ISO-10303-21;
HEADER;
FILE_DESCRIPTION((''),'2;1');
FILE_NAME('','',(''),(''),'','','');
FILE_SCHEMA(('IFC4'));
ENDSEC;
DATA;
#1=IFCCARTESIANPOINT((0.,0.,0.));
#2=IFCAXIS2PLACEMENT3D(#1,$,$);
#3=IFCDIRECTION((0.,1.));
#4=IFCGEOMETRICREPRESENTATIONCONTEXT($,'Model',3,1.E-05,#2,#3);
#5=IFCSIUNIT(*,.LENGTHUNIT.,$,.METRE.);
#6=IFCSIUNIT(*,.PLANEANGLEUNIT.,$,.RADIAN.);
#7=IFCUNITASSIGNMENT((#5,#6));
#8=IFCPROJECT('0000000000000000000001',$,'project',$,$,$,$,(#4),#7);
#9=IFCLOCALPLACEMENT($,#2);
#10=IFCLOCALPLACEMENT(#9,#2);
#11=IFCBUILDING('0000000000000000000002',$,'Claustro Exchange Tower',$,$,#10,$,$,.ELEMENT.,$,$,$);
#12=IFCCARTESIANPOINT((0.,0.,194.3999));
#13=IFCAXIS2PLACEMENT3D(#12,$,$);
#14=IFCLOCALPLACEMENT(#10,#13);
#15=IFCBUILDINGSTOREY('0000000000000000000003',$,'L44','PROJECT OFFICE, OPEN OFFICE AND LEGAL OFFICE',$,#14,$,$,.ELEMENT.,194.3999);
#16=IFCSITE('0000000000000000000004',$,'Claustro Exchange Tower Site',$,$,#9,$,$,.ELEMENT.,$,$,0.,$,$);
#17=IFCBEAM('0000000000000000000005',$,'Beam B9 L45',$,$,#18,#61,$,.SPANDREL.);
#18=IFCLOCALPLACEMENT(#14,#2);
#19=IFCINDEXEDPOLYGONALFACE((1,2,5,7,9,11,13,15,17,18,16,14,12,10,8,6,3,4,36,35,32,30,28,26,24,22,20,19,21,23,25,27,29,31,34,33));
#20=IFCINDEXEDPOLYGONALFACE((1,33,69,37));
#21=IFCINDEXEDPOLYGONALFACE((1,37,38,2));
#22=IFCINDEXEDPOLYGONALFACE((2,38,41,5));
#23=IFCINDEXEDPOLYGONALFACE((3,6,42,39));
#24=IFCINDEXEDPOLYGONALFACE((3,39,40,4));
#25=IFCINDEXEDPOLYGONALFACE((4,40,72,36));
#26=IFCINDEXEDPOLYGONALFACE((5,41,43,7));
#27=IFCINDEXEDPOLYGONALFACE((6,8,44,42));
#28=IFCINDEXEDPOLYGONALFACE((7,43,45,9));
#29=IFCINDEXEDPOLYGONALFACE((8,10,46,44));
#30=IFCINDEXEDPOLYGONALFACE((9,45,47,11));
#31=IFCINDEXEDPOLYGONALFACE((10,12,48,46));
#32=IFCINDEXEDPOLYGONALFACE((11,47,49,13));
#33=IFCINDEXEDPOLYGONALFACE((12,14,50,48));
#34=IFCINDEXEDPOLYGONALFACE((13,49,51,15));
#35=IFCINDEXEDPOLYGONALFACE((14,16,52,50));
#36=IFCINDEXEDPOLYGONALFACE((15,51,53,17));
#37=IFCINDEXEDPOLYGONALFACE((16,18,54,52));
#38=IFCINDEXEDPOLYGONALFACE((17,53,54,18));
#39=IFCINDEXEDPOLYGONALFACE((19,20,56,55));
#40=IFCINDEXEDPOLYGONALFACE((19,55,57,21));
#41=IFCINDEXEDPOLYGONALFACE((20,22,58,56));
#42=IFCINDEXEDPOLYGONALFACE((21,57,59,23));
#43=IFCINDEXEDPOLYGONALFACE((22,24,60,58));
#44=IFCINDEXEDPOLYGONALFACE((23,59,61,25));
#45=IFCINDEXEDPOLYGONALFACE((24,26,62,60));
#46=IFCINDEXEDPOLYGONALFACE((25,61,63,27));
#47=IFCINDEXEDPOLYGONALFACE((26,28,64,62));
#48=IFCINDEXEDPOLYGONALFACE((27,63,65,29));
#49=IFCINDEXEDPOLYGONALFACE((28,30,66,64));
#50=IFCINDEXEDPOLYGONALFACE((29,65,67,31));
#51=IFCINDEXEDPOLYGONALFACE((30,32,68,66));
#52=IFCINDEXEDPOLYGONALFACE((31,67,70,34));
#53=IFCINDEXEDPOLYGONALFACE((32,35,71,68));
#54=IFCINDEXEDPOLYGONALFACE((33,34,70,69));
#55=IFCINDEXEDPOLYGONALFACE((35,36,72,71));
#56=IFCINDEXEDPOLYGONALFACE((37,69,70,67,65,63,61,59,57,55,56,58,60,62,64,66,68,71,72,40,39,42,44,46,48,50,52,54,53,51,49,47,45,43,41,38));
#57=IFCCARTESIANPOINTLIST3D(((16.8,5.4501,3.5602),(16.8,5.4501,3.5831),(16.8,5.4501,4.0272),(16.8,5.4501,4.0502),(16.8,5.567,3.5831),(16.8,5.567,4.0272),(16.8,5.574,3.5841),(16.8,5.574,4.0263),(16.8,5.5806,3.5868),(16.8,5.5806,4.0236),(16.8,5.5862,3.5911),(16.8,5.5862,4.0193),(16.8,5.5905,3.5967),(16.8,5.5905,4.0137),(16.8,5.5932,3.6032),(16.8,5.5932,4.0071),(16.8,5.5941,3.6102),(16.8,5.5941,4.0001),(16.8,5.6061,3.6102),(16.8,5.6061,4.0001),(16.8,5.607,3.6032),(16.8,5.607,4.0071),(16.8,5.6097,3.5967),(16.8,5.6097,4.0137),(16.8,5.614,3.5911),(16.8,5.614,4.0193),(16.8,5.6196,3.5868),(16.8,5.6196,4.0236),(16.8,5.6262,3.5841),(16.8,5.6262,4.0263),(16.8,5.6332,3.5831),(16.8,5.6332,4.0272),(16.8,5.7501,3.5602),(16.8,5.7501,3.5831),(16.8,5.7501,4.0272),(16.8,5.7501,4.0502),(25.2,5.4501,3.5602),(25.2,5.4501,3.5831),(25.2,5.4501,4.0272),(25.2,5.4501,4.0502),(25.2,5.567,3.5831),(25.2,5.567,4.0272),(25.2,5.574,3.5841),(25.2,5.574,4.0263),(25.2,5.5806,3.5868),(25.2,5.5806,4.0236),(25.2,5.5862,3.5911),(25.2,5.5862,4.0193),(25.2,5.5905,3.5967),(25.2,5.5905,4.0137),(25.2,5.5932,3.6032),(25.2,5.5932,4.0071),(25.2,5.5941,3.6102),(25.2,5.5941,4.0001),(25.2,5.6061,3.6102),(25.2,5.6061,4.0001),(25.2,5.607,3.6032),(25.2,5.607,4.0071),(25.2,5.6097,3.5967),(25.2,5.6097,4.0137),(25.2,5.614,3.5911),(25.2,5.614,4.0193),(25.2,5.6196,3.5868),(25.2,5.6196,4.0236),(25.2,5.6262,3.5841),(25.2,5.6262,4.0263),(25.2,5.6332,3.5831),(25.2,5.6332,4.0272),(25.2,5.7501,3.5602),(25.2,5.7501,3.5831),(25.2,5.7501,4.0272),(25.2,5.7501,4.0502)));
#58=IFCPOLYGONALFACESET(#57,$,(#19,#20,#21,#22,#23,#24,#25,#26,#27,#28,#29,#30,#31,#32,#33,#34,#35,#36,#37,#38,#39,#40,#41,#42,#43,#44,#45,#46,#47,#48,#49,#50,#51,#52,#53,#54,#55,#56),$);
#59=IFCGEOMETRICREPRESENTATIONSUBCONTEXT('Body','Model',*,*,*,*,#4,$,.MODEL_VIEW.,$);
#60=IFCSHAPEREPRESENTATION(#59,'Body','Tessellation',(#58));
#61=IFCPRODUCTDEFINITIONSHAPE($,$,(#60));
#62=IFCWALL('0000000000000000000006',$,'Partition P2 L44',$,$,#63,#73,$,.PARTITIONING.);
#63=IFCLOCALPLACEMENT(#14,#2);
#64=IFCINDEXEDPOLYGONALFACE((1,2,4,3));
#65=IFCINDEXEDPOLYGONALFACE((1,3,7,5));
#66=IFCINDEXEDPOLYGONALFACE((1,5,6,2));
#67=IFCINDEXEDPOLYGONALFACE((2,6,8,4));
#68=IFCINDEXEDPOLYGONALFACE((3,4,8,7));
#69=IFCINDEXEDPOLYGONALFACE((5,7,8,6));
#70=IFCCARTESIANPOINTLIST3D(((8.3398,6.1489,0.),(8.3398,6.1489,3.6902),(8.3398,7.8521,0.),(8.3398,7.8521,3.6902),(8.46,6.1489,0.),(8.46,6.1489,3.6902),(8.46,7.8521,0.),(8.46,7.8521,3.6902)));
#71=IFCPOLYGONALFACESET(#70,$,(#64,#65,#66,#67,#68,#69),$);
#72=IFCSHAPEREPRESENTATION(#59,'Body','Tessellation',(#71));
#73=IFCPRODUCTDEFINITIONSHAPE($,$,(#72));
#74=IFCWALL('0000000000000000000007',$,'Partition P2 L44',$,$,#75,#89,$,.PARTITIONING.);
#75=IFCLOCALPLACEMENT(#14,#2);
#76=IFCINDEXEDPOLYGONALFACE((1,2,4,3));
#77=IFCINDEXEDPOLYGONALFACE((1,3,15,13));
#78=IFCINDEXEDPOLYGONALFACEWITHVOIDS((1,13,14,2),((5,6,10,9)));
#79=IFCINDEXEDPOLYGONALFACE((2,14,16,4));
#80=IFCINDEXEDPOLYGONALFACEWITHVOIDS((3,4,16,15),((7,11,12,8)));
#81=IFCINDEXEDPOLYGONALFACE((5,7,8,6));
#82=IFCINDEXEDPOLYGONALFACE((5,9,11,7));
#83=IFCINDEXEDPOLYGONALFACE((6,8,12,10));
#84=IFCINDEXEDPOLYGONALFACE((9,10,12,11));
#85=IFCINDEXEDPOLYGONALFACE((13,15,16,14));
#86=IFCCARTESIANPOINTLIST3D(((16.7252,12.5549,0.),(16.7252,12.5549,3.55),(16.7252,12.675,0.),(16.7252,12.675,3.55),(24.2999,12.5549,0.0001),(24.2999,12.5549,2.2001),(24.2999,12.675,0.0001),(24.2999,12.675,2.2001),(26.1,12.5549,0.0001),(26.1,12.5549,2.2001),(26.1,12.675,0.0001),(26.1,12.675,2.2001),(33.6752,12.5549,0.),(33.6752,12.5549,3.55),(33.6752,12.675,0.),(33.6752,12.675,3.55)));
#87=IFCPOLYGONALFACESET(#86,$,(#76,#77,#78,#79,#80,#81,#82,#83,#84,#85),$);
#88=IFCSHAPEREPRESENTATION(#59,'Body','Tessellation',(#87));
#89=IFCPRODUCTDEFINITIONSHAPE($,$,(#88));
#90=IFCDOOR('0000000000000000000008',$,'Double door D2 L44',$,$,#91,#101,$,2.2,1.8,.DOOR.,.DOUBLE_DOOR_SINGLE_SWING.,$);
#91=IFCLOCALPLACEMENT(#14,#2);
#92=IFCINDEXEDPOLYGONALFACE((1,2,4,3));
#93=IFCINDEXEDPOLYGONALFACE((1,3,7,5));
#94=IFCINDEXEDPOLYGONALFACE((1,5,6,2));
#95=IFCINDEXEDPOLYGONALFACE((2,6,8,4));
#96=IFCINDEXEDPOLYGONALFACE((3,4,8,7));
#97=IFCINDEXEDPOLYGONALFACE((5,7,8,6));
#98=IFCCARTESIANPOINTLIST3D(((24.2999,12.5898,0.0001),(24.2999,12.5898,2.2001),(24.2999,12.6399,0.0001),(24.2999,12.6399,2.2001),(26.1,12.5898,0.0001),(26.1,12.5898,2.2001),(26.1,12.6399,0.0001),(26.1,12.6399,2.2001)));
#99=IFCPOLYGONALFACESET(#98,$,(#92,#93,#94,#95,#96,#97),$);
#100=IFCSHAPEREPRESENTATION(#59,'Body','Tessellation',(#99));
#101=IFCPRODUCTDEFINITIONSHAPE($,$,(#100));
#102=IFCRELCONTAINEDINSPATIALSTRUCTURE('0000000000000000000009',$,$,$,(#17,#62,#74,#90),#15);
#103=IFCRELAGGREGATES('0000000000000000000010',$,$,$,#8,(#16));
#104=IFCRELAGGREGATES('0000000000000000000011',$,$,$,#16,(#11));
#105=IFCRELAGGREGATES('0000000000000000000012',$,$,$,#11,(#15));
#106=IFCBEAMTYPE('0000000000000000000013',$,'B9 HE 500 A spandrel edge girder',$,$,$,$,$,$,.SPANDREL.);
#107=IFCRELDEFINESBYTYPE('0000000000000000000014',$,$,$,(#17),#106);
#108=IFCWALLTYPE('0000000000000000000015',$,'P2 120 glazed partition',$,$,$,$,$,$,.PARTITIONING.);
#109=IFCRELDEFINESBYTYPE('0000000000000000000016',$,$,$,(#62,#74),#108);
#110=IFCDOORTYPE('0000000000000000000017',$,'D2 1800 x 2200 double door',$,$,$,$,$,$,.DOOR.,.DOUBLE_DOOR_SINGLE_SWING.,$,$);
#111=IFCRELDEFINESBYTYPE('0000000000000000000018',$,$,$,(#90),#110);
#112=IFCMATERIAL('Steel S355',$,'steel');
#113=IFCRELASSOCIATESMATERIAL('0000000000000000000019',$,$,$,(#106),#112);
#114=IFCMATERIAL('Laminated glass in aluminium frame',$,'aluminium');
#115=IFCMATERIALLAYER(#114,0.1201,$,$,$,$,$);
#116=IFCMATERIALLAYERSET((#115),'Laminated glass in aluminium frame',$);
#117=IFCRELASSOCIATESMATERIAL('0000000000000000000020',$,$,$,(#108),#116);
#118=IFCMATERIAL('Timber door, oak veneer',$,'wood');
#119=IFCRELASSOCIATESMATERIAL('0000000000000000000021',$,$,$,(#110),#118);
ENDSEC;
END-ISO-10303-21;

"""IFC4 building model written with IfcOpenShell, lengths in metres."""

from ifc_helpers import new_model, si_unit, direction, frame, frame_2d, origin, origin_2d, place, context, subcontext, project, spatial, rectangle, i_section, extrude, material, layer, layer_set, material_profile, profile_set, type_object, element, fill, save


model = new_model("IFC4")

# Units and contexts
model_context = context("Model", 3, precision=1e-05, world=origin(), true_north=direction((0.0, 1.0)))
body_context = subcontext(model_context, "Body", "Model", "MODEL_VIEW")
ifc_project = project(units=[si_unit("LENGTHUNIT", "METRE"), si_unit("PLANEANGLEUNIT", "RADIAN")], contexts=[model_context])

# Site, building, storey
site_placement = place(None, origin())
site = spatial("IfcSite", under=ifc_project, at=site_placement, Name="Claustro Exchange Tower Site", CompositionType="ELEMENT", RefElevation=0.0)
building_placement = place(site_placement, origin())
building = spatial("IfcBuilding", under=site, at=building_placement, Name="Claustro Exchange Tower", CompositionType="ELEMENT")
storey_placement = place(building_placement, frame((0.0, 0.0, 194.3999)))
storey = spatial("IfcBuildingStorey", under=building, at=storey_placement, Name="L44", Description="PROJECT OFFICE, OPEN OFFICE AND LEGAL OFFICE", CompositionType="ELEMENT", Elevation=194.3999)

# Beam
ifc_material_1 = material(Name="Steel S355", Category="steel")
ifc_material_profile_1 = material_profile(ifc_material_1, i_section(OverallWidth=0.3, OverallDepth=0.49, WebThickness=0.012, FlangeThickness=0.0229, FilletRadius=0.0271, at=origin_2d()), Name="HE 500 A")
ifc_profile_set_1 = profile_set([ifc_material_profile_1], Name="Steel S355")
beam_type_1 = type_object("IfcBeamType", Name="B9 HE 500 A spandrel edge girder", PredefinedType="SPANDREL", material=ifc_profile_set_1)
beam_1_placement = place(storey_placement, frame((16.8, 5.6001, 3.8052), z_axis=(1.0, 0.0, 0.0), x_axis=(0.0, 1.0, 0.0)))
element("IfcBeam", 1, at=beam_1_placement, inside=storey, type_object=beam_type_1, Name="Beam B9 L45", PredefinedType="SPANDREL", context=body_context, shape_type="SweptSolid", body=[
    extrude(i_section(OverallWidth=0.3, OverallDepth=0.49, WebThickness=0.012, FlangeThickness=0.0229, FilletRadius=0.0271, at=origin_2d()), origin(), (0.0, 0.0, 1.0), 8.3999),
])

# Wall
ifc_material_2 = material(Name="Laminated glass in aluminium frame", Category="aluminium")
ifc_layer_1 = layer(ifc_material_2, 0.1201)
ifc_layer_set_1 = layer_set([ifc_layer_1], Name="Laminated glass in aluminium frame")
wall_type_1 = type_object("IfcWallType", Name="P2 120 glazed partition", PredefinedType="PARTITIONING", material=ifc_layer_set_1)
wall_1_placement = place(storey_placement, frame((8.3999, 6.1489, 0.0), z_axis=(0.0, 0.0, 1.0), x_axis=(0.0, 1.0, 0.0)))
element("IfcWall", 2, at=wall_1_placement, inside=storey, type_object=wall_type_1, Name="Partition P2 L44", PredefinedType="PARTITIONING", context=body_context, shape_type="SweptSolid", body=[
    extrude(rectangle(XDim=1.7031, YDim=0.1201, at=frame_2d((0.8516, 0.0))), origin(), (0.0, 0.0, 1.0), 3.6902),
])

# Wall, opening, door
wall_2_placement = place(storey_placement, frame((16.7251, 12.615, 0.0), z_axis=(0.0, 0.0, 1.0), x_axis=(1.0, 0.0, 0.0)))
wall_2 = element("IfcWall", 3, at=wall_2_placement, inside=storey, type_object=wall_type_1, Name="Partition P2 L44", PredefinedType="PARTITIONING", context=body_context, shape_type="SweptSolid", body=[
    extrude(rectangle(XDim=16.95, YDim=0.1201, at=frame_2d((8.4751, 0.0))), origin(), (0.0, 0.0, 1.0), 3.55),
])
opening_1_placement = place(wall_2_placement, frame((7.575, 0.0, 0.0)))
opening_1 = element("IfcOpeningElement", 4, at=opening_1_placement, cuts=wall_2, PredefinedType="OPENING", context=body_context, shape_type="SweptSolid", body=[
    extrude(rectangle(XDim=1.8, YDim=2.2, at=frame_2d((0.8999, 1.1001))), frame((0.0, 0.0701, 0.0), z_axis=(0.0, -1.0, 0.0), x_axis=(1.0, 0.0, 0.0)), (0.0, 0.0, 1.0), 0.1401),
])
ifc_material_3 = material(Name="Timber door, oak veneer", Category="wood")
door_type_1 = type_object("IfcDoorType", Name="D2 1800 x 2200 double door", OperationType="DOUBLE_DOOR_SINGLE_SWING", PredefinedType="DOOR", material=ifc_material_3)
door_1_placement = place(opening_1_placement, origin())
door_1 = element("IfcDoor", 5, at=door_1_placement, inside=storey, type_object=door_type_1, Name="Double door D2 L44", OperationType="DOUBLE_DOOR_SINGLE_SWING", OverallHeight=2.2, OverallWidth=1.8, PredefinedType="DOOR", context=body_context, shape_type="SweptSolid", body=[
    extrude(rectangle(XDim=1.8, YDim=2.2, at=frame_2d((0.8999, 1.1001))), frame((0.0, 0.0249, 0.0), z_axis=(0.0, -1.0, 0.0), x_axis=(1.0, 0.0, 0.0)), (0.0, 0.0, 1.0), 0.05),
])
fill(opening_1, door_1)

save(model, "model.ifc")
